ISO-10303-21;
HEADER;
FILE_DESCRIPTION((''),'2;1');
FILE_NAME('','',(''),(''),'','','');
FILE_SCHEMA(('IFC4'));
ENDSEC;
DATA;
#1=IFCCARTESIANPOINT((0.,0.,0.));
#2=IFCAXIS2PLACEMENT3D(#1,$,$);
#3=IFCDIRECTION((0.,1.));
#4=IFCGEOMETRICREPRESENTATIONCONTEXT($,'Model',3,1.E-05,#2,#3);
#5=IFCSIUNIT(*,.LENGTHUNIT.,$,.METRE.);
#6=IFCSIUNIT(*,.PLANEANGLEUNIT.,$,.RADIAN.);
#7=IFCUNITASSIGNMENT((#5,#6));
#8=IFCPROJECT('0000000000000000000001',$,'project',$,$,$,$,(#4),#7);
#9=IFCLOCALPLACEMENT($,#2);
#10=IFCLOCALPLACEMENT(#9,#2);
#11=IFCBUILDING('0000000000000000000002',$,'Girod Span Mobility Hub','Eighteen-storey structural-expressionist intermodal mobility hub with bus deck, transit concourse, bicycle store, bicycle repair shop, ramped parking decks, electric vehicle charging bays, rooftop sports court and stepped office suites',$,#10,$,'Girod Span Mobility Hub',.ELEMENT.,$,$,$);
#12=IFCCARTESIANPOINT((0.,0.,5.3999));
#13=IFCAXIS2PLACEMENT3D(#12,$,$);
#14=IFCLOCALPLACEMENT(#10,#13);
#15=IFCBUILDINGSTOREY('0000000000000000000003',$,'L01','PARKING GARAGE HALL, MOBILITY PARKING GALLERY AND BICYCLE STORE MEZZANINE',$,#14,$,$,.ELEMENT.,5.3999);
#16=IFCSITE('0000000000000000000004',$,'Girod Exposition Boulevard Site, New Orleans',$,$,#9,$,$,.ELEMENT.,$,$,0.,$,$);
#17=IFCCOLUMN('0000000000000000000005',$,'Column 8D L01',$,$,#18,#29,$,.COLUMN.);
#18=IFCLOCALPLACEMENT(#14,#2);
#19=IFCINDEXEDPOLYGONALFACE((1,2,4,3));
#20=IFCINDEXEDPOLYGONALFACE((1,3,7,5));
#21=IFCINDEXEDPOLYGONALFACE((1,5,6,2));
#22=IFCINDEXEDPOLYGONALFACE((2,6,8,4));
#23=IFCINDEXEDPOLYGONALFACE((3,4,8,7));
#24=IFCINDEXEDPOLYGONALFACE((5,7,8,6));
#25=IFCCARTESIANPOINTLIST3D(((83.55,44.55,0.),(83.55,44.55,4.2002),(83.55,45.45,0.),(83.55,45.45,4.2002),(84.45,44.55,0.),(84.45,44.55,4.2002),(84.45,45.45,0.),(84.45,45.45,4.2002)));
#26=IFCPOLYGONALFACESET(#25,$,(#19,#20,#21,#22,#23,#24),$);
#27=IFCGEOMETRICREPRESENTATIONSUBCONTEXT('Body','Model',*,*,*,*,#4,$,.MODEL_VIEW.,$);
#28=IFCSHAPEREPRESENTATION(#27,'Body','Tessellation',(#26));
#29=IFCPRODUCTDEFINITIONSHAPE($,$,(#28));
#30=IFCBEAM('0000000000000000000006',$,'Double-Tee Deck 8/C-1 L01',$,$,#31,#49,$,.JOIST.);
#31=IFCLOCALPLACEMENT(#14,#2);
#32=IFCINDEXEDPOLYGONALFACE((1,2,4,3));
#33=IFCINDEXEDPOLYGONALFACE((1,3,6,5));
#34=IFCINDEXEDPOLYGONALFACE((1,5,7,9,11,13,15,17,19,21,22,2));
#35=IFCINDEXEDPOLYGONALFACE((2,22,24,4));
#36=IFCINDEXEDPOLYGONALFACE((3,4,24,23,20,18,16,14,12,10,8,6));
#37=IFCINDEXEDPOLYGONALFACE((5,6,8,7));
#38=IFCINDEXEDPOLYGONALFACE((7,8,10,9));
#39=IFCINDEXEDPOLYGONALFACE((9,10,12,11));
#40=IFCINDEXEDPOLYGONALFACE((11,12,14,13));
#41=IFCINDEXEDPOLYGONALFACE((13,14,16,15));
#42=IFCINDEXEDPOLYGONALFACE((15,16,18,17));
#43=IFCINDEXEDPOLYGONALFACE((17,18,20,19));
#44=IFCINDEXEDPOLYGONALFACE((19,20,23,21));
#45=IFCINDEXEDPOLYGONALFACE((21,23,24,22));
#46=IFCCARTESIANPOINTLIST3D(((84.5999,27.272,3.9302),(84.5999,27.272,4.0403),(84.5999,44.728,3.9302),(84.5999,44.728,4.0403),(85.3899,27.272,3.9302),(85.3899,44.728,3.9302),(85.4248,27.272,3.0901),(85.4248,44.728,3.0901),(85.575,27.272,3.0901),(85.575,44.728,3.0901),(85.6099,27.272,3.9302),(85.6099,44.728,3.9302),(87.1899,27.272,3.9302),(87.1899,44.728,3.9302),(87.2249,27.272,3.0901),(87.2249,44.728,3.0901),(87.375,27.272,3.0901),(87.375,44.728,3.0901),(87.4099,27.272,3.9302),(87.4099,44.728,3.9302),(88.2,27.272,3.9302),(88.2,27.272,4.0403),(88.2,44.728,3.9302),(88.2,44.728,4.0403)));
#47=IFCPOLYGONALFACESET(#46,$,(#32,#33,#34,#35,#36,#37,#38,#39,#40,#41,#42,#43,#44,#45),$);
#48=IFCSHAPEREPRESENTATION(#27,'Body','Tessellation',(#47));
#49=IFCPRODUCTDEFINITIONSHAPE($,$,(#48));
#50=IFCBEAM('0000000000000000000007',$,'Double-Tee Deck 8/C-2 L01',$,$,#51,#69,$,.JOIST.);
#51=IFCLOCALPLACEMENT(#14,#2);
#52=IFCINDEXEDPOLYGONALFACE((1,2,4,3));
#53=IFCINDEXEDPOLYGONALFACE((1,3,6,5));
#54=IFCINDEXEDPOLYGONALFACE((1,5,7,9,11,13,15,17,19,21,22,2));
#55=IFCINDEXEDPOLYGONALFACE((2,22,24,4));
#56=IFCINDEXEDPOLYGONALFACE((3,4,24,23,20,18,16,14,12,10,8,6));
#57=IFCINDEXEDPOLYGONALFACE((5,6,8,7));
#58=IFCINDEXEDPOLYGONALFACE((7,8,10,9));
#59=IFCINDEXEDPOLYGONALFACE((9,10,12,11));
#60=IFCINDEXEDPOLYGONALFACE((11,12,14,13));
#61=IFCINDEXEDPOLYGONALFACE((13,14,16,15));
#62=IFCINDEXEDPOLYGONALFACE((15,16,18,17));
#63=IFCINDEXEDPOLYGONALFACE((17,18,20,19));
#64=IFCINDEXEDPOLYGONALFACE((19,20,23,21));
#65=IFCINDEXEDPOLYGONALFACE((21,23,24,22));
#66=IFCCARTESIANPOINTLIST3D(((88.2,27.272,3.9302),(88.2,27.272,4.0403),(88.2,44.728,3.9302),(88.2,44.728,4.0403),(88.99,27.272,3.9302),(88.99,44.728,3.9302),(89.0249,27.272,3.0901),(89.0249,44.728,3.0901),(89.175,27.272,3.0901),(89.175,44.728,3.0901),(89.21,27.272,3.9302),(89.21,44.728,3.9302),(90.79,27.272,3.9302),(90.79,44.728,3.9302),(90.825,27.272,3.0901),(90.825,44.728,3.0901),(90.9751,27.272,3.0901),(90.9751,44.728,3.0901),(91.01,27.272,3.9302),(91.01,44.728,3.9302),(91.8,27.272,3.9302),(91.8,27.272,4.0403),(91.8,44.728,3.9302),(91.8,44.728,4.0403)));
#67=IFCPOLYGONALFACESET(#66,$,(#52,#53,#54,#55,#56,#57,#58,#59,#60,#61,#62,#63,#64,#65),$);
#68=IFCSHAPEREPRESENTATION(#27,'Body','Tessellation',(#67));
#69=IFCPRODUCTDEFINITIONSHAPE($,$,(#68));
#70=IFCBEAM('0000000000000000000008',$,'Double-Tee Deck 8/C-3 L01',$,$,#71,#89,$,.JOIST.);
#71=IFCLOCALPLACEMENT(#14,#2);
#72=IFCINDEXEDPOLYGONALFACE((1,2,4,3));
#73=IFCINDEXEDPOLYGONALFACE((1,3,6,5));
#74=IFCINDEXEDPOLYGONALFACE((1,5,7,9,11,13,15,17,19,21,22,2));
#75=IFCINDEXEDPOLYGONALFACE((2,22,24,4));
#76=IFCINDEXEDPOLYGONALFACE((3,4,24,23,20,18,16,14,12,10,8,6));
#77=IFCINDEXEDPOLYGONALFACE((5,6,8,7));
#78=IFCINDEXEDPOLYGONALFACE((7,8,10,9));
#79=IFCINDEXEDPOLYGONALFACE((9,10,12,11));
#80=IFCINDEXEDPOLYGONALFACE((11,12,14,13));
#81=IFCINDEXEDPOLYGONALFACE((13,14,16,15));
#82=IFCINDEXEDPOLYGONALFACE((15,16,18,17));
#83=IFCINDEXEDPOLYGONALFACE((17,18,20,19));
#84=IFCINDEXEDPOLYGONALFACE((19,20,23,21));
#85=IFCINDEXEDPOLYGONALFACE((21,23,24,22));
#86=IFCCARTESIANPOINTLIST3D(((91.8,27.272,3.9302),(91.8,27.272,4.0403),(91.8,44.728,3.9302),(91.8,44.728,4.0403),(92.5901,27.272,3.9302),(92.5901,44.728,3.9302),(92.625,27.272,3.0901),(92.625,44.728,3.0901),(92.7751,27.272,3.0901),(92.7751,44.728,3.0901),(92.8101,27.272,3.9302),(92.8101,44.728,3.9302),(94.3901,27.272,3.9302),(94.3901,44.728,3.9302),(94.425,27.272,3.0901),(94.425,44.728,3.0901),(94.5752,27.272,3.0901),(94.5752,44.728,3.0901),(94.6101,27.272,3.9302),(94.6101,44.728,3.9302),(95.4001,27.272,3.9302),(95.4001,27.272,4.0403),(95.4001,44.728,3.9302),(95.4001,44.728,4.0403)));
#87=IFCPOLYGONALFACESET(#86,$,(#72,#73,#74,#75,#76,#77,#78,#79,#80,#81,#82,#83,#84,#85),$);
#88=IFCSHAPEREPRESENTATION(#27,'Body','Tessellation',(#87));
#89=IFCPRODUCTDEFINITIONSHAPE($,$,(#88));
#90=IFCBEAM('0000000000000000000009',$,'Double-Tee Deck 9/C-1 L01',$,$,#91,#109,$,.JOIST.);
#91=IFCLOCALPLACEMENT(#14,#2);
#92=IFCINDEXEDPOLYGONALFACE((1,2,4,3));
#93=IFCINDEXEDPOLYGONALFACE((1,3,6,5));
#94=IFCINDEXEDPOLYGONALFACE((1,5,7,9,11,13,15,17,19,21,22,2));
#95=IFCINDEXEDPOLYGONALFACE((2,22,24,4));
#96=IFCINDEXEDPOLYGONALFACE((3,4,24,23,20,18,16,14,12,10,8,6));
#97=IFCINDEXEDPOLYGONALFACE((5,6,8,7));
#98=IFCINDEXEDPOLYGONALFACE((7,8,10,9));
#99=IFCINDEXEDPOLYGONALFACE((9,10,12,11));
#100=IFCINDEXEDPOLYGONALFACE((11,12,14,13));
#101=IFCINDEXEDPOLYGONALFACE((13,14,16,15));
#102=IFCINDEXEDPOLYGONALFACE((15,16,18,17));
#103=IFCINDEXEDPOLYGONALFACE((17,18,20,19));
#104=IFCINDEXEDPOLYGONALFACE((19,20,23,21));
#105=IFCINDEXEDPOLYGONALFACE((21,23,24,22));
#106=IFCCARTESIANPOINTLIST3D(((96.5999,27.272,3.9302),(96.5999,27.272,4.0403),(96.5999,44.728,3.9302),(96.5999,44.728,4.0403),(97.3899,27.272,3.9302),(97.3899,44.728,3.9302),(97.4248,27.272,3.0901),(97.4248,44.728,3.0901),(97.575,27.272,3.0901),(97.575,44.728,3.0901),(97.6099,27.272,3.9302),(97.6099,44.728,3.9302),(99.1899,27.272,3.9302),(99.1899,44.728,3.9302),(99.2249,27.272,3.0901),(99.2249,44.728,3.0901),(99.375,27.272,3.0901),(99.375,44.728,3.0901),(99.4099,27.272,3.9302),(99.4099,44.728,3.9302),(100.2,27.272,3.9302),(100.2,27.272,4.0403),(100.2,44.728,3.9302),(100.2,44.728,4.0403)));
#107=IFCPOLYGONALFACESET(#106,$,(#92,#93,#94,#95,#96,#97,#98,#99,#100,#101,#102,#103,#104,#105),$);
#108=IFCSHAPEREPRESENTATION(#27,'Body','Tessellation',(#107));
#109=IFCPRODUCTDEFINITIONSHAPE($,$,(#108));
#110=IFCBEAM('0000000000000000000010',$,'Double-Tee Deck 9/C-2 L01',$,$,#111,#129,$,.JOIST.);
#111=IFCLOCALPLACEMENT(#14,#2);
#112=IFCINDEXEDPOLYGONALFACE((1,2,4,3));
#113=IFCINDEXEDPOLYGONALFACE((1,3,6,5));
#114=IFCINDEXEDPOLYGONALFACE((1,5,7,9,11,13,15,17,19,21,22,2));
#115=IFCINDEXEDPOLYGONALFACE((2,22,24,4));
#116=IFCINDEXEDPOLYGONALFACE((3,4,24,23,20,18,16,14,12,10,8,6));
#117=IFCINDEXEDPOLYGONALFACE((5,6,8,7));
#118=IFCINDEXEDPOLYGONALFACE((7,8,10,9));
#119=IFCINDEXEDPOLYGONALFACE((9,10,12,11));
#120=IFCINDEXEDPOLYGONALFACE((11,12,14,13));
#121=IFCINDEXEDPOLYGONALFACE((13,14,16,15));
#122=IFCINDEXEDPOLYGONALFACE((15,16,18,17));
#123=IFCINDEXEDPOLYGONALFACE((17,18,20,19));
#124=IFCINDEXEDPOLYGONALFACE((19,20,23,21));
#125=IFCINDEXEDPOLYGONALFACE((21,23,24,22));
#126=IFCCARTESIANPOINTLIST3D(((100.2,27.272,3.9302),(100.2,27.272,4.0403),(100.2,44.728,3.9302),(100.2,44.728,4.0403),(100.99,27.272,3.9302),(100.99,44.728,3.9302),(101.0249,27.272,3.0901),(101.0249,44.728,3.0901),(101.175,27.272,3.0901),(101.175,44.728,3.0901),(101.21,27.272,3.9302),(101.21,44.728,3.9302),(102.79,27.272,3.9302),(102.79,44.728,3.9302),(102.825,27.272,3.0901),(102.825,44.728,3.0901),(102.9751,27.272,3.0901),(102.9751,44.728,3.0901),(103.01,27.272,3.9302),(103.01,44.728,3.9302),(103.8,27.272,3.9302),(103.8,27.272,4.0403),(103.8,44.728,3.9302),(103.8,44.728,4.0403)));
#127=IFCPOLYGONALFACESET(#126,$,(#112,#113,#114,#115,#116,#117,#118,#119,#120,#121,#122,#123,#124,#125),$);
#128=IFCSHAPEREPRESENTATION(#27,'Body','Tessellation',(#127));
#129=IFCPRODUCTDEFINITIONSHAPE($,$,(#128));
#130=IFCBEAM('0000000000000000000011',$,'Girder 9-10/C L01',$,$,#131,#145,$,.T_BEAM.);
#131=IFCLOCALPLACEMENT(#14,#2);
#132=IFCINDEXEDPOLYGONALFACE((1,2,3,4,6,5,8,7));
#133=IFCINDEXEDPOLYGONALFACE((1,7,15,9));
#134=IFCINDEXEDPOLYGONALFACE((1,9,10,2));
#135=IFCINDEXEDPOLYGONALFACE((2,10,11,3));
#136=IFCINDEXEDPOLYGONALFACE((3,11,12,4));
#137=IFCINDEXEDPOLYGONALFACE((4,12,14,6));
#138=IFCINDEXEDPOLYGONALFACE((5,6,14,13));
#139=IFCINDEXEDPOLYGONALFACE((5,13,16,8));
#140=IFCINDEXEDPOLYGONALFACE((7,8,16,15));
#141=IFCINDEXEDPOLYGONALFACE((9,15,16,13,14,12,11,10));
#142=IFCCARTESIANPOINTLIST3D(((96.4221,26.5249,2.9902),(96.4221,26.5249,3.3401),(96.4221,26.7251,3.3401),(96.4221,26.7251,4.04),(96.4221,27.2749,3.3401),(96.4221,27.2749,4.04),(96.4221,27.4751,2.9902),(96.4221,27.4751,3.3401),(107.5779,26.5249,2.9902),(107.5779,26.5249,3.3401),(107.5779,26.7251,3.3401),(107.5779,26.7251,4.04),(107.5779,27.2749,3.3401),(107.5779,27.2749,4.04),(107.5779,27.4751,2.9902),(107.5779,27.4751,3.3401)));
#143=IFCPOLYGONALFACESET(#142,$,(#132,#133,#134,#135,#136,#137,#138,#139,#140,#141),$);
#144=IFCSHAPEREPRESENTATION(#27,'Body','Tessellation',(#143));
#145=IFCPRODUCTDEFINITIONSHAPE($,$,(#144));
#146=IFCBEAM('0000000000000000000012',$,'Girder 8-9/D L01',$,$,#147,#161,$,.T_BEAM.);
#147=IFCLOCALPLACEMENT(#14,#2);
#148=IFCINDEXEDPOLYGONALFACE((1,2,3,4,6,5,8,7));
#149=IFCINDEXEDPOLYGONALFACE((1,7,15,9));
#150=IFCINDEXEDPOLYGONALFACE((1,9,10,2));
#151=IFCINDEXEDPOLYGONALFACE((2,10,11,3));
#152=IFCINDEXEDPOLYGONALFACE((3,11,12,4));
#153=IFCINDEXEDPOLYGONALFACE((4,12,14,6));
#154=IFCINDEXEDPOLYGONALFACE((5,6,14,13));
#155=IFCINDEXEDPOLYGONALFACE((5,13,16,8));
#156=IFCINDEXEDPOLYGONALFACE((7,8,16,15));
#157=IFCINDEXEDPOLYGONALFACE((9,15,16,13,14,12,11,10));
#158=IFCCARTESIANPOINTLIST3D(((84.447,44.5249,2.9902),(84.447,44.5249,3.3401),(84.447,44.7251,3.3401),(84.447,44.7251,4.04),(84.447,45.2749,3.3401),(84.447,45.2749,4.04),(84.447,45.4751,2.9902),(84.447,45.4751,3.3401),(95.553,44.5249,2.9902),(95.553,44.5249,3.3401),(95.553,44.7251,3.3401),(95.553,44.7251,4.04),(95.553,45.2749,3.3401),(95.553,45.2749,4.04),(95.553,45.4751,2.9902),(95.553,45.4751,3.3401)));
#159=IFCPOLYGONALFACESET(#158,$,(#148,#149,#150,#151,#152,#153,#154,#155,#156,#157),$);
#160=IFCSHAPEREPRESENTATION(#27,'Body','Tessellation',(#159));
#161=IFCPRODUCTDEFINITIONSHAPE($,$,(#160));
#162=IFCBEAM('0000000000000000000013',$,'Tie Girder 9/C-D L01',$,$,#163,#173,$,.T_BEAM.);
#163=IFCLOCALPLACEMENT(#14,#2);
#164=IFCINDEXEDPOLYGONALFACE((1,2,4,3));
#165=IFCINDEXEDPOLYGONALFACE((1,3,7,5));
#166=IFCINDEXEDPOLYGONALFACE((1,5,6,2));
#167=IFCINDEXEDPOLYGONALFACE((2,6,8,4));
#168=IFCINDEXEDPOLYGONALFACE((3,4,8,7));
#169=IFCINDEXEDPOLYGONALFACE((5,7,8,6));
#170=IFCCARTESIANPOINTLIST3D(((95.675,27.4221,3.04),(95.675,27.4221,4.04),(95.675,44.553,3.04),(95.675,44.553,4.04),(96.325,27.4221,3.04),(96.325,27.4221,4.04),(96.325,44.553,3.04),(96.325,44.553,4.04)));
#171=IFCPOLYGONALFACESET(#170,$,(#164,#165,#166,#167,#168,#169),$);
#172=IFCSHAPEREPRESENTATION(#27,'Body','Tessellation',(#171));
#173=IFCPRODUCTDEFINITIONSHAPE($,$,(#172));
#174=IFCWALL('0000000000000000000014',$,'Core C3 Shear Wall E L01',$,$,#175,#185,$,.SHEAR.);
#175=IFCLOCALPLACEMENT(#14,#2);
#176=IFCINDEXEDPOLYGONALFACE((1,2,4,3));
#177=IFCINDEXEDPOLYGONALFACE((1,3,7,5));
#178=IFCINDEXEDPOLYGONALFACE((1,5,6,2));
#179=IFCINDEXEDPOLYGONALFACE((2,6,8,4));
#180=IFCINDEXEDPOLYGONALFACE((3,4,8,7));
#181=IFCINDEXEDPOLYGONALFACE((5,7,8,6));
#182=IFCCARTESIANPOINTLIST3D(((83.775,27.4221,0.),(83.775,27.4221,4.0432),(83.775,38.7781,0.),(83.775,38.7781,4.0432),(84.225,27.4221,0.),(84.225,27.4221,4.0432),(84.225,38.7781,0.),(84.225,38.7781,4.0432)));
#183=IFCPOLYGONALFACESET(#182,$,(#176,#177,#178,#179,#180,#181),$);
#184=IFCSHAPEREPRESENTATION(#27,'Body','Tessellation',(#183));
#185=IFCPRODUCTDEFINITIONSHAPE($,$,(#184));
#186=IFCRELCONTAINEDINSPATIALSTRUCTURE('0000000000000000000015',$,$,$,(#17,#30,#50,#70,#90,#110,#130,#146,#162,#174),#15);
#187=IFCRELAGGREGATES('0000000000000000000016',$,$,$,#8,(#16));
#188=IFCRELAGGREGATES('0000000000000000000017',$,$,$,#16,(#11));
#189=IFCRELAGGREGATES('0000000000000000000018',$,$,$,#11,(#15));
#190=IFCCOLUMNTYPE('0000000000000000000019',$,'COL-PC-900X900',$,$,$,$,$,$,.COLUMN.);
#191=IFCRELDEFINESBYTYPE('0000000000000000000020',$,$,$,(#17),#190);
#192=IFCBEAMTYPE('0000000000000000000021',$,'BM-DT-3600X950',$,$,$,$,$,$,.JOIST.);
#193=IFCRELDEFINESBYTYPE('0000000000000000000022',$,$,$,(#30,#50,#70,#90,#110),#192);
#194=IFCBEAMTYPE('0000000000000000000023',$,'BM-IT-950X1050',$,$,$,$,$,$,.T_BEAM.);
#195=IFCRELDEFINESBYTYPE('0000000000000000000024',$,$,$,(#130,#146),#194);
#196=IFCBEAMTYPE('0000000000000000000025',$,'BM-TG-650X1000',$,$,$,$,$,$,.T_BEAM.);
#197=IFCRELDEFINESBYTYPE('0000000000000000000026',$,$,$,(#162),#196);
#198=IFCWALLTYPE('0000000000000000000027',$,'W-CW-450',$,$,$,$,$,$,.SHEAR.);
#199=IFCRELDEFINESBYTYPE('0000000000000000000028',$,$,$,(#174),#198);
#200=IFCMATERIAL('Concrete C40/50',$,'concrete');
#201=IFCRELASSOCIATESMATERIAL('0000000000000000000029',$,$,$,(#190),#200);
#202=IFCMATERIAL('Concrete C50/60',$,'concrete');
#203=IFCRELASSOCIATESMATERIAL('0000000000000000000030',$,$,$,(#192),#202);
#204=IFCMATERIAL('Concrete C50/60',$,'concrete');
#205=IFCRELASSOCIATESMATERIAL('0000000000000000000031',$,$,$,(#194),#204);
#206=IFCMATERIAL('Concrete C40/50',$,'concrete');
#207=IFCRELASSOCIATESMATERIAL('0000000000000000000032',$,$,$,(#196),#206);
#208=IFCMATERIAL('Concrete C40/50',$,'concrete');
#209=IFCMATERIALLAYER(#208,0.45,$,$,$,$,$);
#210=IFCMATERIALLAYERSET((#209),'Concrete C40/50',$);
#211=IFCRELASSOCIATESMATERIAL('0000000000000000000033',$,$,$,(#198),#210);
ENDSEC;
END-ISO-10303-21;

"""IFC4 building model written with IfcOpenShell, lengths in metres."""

from ifc_helpers import new_model, si_unit, direction, frame, frame_2d, origin, origin_2d, place, context, subcontext, project, spatial, polyline, rectangle, outline, extrude, material, layer, layer_set, material_profile, profile_set, type_object, element, save


model = new_model("IFC4")

# Units and contexts
model_context = context("Model", 3, precision=1e-05, world=origin(), true_north=direction((0.0, 1.0)))
body_context = subcontext(model_context, "Body", "Model", "MODEL_VIEW")
ifc_project = project(units=[si_unit("LENGTHUNIT", "METRE"), si_unit("PLANEANGLEUNIT", "RADIAN")], contexts=[model_context])

# Site, building, storey
site_placement = place(None, origin())
site = spatial("IfcSite", under=ifc_project, at=site_placement, Name="Girod Exposition Boulevard Site, New Orleans", CompositionType="ELEMENT", RefElevation=0.0)
building_placement = place(site_placement, origin())
building = spatial("IfcBuilding", under=site, at=building_placement, Name="Girod Span Mobility Hub", Description="Eighteen-storey structural-expressionist intermodal mobility hub with bus deck, transit concourse, bicycle store, bicycle repair shop, ramped parking decks, electric vehicle charging bays, rooftop sports court and stepped office suites", LongName="Girod Span Mobility Hub", CompositionType="ELEMENT")
storey_placement = place(building_placement, frame((0.0, 0.0, 5.3999)))
storey = spatial("IfcBuildingStorey", under=building, at=storey_placement, Name="L01", Description="PARKING GARAGE HALL, MOBILITY PARKING GALLERY AND BICYCLE STORE MEZZANINE", CompositionType="ELEMENT", Elevation=5.3999)

# Column
ifc_material_1 = material(Name="Concrete C40/50", Category="concrete")
ifc_material_profile_1 = material_profile(ifc_material_1, rectangle(XDim=0.8999, YDim=0.8999, at=origin_2d()), Name="PC-COL-900X900")
ifc_profile_set_1 = profile_set([ifc_material_profile_1], Name="Concrete C40/50")
column_type = type_object("IfcColumnType", Name="COL-PC-900X900", PredefinedType="COLUMN", material=ifc_profile_set_1)
column_placement = place(storey_placement, frame((84.0, 45.0, 0.0), z_axis=(0.0, 0.0, 1.0), x_axis=(1.0, 0.0, 0.0)))
element("IfcColumn", 1, at=column_placement, inside=storey, type_object=column_type, Name="Column 8D L01", PredefinedType="COLUMN", context=body_context, shape_type="SweptSolid", body=[
    extrude(rectangle(XDim=0.8999, YDim=0.8999, at=origin_2d()), origin(), (0.0, 0.0, 1.0), 4.2002),
])

# Beams
ifc_material_2 = material(Name="Concrete C50/60", Category="concrete")
ifc_material_profile_2 = material_profile(ifc_material_2, outline(polyline([(-1.8, 0.4751), (-1.8, 0.365), (-1.01, 0.365), (-0.9751, -0.4751), (-0.825, -0.4751), (-0.79, 0.365), (0.79, 0.365), (0.825, -0.4751), (0.9751, -0.4751), (1.01, 0.365), (1.8, 0.365), (1.8, 0.4751), (-1.8, 0.4751)])), Name="DT-3600X950")
ifc_profile_set_2 = profile_set([ifc_material_profile_2], Name="Concrete C50/60")
beam_type_1 = type_object("IfcBeamType", Name="BM-DT-3600X950", PredefinedType="JOIST", material=ifc_profile_set_2)
for number, where, z_axis, x_axis, name in (
    (2, (86.3999, 27.272, 3.5652), (0.0, 1.0, 0.0), (-1.0, 0.0, 0.0), "Double-Tee Deck 8/C-1 L01"),
    (3, (90.0, 27.272, 3.5652), (0.0, 1.0, 0.0), (-1.0, 0.0, 0.0), "Double-Tee Deck 8/C-2 L01"),
    (4, (93.6001, 27.272, 3.5652), (0.0, 1.0, 0.0), (-1.0, 0.0, 0.0), "Double-Tee Deck 8/C-3 L01"),
    (5, (98.3999, 27.272, 3.5652), (0.0, 1.0, 0.0), (-1.0, 0.0, 0.0), "Double-Tee Deck 9/C-1 L01"),
    (6, (102.0, 27.272, 3.5652), (0.0, 1.0, 0.0), (-1.0, 0.0, 0.0), "Double-Tee Deck 9/C-2 L01"),
):
    element("IfcBeam", number, at=place(storey_placement, frame(where, z_axis=z_axis, x_axis=x_axis)), inside=storey, type_object=beam_type_1, Name=name, PredefinedType="JOIST", context=body_context, shape_type="SweptSolid", body=[
        extrude(outline(polyline([(-1.8, 0.4751), (-1.8, 0.365), (-1.01, 0.365), (-0.9751, -0.4751), (-0.825, -0.4751), (-0.79, 0.365), (0.79, 0.365), (0.825, -0.4751), (0.9751, -0.4751), (1.01, 0.365), (1.8, 0.365), (1.8, 0.4751), (-1.8, 0.4751)])), origin(), (0.0, 0.0, 1.0), 17.4561),
    ])
ifc_material_3 = material(Name="Concrete C50/60", Category="concrete")
ifc_material_profile_3 = material_profile(ifc_material_3, outline(polyline([(-0.4751, -0.5249), (0.4751, -0.5249), (0.4751, -0.175), (0.2749, -0.175), (0.2749, 0.5249), (-0.2749, 0.5249), (-0.2749, -0.175), (-0.4751, -0.175), (-0.4751, -0.5249)])), Name="IT-950X1050")
ifc_profile_set_3 = profile_set([ifc_material_profile_3], Name="Concrete C50/60")
beam_type_2 = type_object("IfcBeamType", Name="BM-IT-950X1050", PredefinedType="T_BEAM", material=ifc_profile_set_3)
beam_1_placement = place(storey_placement, frame((96.4221, 27.0, 3.5151), z_axis=(1.0, 0.0, 0.0), x_axis=(0.0, 1.0, 0.0)))
element("IfcBeam", 7, at=beam_1_placement, inside=storey, type_object=beam_type_2, Name="Girder 9-10/C L01", PredefinedType="T_BEAM", context=body_context, shape_type="SweptSolid", body=[
    extrude(outline(polyline([(-0.4751, -0.5249), (0.4751, -0.5249), (0.4751, -0.175), (0.2749, -0.175), (0.2749, 0.5249), (-0.2749, 0.5249), (-0.2749, -0.175), (-0.4751, -0.175), (-0.4751, -0.5249)])), origin(), (0.0, 0.0, 1.0), 11.1558),
])
beam_2_placement = place(storey_placement, frame((84.447, 45.0, 3.5151), z_axis=(1.0, 0.0, 0.0), x_axis=(0.0, 1.0, 0.0)))
element("IfcBeam", 8, at=beam_2_placement, inside=storey, type_object=beam_type_2, Name="Girder 8-9/D L01", PredefinedType="T_BEAM", context=body_context, shape_type="SweptSolid", body=[
    extrude(outline(polyline([(-0.4751, -0.5249), (0.4751, -0.5249), (0.4751, -0.175), (0.2749, -0.175), (0.2749, 0.5249), (-0.2749, 0.5249), (-0.2749, -0.175), (-0.4751, -0.175), (-0.4751, -0.5249)])), origin(), (0.0, 0.0, 1.0), 11.106),
])
ifc_material_4 = material(Name="Concrete C40/50", Category="concrete")
ifc_material_profile_4 = material_profile(ifc_material_4, rectangle(XDim=0.6499, YDim=1.0, at=origin_2d()), Name="TG-650X1000")
ifc_profile_set_4 = profile_set([ifc_material_profile_4], Name="Concrete C40/50")
beam_type_3 = type_object("IfcBeamType", Name="BM-TG-650X1000", PredefinedType="T_BEAM", material=ifc_profile_set_4)
beam_3_placement = place(storey_placement, frame((96.0, 27.4221, 3.54), z_axis=(0.0, 1.0, 0.0), x_axis=(-1.0, 0.0, 0.0)))
element("IfcBeam", 9, at=beam_3_placement, inside=storey, type_object=beam_type_3, Name="Tie Girder 9/C-D L01", PredefinedType="T_BEAM", context=body_context, shape_type="SweptSolid", body=[
    extrude(rectangle(XDim=0.6499, YDim=1.0, at=origin_2d()), origin(), (0.0, 0.0, 1.0), 17.1309),
])

# Wall
ifc_material_5 = material(Name="Concrete C40/50", Category="concrete")
ifc_layer_1 = layer(ifc_material_5, 0.45)
ifc_layer_set_1 = layer_set([ifc_layer_1], Name="Concrete C40/50")
wall_type_1 = type_object("IfcWallType", Name="W-CW-450", PredefinedType="SHEAR", material=ifc_layer_set_1)
wall_1_placement = place(storey_placement, frame((84.0, 27.4221, 0.0), z_axis=(0.0, 0.0, 1.0), x_axis=(0.0, 1.0, 0.0)))
element("IfcWall", 10, at=wall_1_placement, inside=storey, type_object=wall_type_1, Name="Core C3 Shear Wall E L01", PredefinedType="SHEAR", context=body_context, shape_type="SweptSolid", body=[
    extrude(rectangle(XDim=11.356, YDim=0.45, at=frame_2d((5.678, 0.0))), origin(), (0.0, 0.0, 1.0), 4.0432),
])

save(model, "model.ifc")
